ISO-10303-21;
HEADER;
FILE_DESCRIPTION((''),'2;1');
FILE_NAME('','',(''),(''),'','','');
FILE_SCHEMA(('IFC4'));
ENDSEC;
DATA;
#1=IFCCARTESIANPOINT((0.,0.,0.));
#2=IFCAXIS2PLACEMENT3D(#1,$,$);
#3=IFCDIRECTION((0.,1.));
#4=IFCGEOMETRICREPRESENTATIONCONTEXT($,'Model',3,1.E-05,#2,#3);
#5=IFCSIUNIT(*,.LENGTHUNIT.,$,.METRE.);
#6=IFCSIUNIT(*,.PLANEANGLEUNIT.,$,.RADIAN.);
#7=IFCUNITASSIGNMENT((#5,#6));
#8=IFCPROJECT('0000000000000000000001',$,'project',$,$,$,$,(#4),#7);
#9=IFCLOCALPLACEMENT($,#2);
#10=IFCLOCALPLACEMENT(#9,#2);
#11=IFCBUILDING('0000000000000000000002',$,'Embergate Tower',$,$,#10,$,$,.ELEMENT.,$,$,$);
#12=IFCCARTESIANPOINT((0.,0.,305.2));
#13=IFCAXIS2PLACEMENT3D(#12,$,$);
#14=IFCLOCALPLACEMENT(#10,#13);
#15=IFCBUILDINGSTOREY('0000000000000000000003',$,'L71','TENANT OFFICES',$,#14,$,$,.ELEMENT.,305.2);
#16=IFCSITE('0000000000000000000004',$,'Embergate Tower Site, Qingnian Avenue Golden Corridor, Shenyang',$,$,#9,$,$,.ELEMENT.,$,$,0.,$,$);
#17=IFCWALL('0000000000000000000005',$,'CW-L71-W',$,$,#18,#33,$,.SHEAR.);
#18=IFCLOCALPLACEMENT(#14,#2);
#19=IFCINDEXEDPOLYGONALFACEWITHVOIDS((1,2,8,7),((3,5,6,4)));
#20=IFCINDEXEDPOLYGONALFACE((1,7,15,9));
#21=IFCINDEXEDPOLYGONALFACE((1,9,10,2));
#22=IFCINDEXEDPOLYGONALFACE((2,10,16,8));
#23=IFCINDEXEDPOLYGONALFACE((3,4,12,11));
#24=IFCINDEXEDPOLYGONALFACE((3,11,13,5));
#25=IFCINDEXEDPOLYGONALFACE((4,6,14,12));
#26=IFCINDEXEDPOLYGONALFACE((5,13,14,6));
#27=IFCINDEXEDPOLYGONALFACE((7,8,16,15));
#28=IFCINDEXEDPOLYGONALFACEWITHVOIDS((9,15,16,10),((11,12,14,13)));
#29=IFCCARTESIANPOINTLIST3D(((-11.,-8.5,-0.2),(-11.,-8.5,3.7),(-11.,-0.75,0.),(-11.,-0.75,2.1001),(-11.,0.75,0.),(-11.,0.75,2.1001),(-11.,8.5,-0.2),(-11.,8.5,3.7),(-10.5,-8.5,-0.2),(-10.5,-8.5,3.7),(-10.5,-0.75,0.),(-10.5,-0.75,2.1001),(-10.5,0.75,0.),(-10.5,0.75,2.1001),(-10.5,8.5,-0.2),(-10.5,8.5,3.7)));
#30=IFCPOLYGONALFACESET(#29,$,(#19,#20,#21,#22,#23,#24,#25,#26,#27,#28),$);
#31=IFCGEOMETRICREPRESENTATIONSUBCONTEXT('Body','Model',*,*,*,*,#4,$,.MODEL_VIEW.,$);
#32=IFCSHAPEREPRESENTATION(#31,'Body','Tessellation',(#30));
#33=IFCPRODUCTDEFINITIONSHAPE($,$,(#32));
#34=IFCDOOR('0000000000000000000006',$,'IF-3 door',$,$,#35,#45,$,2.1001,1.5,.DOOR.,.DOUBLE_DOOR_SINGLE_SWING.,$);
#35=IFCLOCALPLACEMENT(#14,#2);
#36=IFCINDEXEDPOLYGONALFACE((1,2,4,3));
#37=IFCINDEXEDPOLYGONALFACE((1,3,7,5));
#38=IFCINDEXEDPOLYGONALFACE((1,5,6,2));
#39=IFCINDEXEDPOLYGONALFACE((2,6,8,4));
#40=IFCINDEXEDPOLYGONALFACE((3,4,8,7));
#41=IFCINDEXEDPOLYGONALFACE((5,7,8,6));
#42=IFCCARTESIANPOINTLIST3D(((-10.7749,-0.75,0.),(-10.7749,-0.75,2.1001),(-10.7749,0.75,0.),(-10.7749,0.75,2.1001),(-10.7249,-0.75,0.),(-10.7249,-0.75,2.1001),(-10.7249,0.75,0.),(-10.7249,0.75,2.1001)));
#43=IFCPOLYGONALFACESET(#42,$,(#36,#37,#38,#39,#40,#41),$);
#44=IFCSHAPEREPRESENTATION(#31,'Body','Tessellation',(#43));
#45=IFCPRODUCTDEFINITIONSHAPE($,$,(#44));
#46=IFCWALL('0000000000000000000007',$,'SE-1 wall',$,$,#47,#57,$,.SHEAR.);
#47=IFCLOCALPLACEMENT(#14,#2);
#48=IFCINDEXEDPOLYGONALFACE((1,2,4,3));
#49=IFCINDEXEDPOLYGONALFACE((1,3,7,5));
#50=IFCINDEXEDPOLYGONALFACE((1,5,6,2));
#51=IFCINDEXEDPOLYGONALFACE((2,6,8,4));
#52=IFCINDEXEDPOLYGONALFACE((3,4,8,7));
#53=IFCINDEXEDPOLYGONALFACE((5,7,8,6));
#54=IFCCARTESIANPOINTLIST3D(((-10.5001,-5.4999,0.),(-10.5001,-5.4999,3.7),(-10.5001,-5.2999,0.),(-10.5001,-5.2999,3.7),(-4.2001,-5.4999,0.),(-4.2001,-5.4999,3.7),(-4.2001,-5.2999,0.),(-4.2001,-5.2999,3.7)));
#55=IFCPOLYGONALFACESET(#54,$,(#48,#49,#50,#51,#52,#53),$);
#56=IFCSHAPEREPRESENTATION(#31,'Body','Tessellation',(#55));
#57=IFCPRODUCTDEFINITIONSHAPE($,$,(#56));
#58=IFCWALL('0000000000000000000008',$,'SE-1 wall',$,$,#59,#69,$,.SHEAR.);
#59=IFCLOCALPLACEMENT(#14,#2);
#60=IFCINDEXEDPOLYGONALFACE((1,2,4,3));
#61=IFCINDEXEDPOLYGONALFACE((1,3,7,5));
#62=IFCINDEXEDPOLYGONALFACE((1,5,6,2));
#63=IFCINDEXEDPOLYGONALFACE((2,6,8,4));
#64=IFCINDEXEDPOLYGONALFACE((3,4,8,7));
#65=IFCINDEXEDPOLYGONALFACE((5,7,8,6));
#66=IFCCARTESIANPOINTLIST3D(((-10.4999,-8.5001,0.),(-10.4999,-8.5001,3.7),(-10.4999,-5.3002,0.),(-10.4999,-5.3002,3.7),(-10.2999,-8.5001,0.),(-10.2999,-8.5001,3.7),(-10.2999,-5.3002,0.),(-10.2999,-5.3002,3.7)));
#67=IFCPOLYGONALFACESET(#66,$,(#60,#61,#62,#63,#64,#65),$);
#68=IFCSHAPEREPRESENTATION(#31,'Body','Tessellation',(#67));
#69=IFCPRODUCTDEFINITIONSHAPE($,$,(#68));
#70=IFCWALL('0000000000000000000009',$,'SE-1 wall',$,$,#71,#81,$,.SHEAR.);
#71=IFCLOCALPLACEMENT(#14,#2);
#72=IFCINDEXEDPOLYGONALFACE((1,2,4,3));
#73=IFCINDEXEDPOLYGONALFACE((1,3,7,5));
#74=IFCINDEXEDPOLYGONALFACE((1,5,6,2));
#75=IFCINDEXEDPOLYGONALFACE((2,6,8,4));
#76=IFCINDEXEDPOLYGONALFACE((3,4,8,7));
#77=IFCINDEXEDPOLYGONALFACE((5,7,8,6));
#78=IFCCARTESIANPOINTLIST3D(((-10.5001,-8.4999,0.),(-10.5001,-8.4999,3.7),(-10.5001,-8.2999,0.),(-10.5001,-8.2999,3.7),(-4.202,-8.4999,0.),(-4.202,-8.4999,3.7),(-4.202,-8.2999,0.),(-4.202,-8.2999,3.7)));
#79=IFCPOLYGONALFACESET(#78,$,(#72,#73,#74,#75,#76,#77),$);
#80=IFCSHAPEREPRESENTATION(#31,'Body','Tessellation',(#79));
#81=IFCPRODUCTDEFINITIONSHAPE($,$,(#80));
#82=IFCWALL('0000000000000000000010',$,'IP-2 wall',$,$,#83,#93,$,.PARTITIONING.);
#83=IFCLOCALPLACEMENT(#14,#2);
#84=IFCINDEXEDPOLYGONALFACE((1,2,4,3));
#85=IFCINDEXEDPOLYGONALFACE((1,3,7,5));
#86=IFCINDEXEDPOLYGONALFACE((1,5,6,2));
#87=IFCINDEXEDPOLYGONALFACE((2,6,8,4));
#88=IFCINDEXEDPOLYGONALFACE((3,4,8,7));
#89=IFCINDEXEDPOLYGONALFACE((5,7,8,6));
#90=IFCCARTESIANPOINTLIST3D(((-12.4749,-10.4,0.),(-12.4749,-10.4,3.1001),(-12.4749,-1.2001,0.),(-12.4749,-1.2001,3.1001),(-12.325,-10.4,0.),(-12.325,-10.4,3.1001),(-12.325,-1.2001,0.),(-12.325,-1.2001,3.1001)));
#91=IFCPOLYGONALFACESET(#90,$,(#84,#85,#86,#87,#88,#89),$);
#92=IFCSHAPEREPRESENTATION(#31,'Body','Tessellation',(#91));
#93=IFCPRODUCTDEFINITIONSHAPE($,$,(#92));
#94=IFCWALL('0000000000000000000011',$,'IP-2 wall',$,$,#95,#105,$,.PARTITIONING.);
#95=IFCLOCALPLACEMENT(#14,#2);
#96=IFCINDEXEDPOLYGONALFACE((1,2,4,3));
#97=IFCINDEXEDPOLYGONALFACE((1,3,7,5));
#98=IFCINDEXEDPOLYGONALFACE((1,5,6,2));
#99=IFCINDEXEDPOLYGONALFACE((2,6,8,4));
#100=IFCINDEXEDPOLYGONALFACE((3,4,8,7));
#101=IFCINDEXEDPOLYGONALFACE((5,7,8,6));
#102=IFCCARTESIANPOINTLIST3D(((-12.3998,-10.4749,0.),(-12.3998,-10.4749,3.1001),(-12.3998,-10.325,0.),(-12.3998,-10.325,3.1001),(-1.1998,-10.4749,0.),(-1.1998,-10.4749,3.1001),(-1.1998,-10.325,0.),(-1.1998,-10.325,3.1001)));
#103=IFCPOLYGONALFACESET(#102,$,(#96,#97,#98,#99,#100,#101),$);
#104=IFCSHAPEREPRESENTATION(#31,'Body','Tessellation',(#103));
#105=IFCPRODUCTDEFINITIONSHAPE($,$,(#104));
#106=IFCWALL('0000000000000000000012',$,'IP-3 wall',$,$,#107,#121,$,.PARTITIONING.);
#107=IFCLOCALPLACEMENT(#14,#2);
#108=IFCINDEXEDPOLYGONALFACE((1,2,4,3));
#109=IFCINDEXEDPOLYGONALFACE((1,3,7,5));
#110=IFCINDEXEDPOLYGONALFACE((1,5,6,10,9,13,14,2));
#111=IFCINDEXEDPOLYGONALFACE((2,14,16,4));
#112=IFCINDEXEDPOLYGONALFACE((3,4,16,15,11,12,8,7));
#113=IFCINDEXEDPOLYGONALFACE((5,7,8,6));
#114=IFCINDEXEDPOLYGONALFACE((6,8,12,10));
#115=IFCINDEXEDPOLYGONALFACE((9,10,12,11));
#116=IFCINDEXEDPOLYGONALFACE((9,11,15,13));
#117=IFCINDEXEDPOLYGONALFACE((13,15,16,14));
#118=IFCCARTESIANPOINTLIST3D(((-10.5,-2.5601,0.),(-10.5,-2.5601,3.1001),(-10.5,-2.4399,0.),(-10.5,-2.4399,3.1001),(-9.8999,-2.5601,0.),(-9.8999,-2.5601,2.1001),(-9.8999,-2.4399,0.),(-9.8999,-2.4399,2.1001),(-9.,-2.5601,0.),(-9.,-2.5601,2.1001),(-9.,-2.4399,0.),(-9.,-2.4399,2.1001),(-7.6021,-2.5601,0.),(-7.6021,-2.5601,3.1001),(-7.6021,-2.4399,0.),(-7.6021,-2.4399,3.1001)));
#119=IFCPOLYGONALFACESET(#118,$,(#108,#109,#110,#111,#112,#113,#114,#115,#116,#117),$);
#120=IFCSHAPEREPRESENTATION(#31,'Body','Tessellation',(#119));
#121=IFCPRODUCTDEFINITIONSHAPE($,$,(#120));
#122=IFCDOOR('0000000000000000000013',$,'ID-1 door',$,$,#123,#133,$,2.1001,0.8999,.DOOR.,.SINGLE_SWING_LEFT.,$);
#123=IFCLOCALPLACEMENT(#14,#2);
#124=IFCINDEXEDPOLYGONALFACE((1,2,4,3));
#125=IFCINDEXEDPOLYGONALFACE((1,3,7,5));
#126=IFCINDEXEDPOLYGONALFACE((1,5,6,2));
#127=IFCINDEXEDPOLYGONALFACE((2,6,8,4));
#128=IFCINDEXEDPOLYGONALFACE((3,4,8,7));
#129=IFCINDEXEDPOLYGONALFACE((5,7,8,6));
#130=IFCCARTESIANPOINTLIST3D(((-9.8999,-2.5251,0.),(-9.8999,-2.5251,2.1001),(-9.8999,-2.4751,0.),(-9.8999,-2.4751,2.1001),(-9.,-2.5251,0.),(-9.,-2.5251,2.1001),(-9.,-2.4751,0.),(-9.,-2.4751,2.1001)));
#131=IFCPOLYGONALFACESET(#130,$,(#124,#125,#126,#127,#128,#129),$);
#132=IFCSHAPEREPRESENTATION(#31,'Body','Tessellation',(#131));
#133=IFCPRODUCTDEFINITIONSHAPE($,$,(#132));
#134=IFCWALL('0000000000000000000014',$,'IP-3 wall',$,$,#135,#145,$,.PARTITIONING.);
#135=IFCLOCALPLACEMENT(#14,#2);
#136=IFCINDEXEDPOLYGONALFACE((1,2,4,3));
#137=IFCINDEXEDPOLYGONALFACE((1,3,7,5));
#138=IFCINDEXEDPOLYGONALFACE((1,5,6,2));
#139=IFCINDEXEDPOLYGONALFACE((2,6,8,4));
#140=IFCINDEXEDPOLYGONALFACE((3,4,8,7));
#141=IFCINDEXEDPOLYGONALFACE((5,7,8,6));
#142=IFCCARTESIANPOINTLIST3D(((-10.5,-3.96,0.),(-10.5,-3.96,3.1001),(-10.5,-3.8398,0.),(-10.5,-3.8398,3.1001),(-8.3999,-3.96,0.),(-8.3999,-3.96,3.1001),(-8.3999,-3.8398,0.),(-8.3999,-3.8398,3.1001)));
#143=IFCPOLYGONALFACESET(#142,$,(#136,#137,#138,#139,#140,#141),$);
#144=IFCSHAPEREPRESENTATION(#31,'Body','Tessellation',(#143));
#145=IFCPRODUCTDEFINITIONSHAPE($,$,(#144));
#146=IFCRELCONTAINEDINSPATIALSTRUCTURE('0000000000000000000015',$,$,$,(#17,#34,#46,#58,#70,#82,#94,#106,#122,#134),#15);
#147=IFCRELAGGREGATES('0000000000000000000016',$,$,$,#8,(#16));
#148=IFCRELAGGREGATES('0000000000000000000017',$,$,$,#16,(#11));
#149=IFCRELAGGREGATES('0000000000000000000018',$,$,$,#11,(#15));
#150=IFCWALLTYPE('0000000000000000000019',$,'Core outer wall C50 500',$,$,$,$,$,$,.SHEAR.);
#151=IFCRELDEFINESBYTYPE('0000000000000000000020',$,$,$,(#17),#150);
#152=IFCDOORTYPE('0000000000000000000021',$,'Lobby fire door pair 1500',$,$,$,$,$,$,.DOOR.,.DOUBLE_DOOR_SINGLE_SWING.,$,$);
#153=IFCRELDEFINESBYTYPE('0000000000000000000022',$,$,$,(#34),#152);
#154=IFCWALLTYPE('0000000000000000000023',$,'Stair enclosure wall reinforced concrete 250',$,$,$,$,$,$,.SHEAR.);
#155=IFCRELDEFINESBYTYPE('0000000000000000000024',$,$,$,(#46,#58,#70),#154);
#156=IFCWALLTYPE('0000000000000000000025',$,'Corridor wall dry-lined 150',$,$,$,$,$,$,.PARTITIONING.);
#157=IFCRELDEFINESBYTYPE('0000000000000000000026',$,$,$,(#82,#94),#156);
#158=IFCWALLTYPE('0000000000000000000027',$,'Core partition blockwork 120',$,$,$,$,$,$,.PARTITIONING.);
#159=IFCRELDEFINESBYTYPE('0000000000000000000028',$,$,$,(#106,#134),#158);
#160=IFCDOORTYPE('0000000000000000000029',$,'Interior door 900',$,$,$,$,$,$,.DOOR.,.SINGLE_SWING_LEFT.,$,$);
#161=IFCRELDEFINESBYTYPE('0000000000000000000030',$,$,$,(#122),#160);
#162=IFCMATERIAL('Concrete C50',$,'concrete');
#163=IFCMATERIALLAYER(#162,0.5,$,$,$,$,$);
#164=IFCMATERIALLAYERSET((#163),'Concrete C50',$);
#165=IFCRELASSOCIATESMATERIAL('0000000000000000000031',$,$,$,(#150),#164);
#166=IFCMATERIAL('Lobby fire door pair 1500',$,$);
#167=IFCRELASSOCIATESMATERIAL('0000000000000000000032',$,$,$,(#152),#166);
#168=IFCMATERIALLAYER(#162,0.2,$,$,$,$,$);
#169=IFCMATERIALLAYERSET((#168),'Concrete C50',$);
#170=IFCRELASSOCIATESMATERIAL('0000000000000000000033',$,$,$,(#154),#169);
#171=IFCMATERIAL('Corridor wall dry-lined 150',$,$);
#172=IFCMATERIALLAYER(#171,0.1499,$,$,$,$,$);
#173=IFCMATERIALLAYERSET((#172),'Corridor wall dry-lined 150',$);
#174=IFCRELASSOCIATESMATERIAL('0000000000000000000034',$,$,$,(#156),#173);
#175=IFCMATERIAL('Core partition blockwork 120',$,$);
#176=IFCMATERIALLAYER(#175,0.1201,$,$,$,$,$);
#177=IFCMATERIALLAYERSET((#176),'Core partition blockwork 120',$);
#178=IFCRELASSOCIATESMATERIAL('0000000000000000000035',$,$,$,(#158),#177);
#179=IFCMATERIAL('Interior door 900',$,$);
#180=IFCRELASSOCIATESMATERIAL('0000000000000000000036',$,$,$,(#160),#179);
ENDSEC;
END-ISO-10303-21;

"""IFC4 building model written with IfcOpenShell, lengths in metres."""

from ifc_helpers import new_model, si_unit, direction, frame, frame_2d, origin, place, context, subcontext, project, spatial, rectangle, extrude, source, transform, mapped, material, layer, layer_set, type_object, element, fill, save


model = new_model("IFC4")

# Units and contexts
model_context = context("Model", 3, precision=1e-05, world=origin(), true_north=direction((0.0, 1.0)))
body_context = subcontext(model_context, "Body", "Model", "MODEL_VIEW")
ifc_project = project(units=[si_unit("LENGTHUNIT", "METRE"), si_unit("PLANEANGLEUNIT", "RADIAN")], contexts=[model_context])

# Site, building, storey
site_placement = place(None, origin())
site = spatial("IfcSite", under=ifc_project, at=site_placement, Name="Embergate Tower Site, Qingnian Avenue Golden Corridor, Shenyang", CompositionType="ELEMENT", RefElevation=0.0)
building_placement = place(site_placement, origin())
building = spatial("IfcBuilding", under=site, at=building_placement, Name="Embergate Tower", CompositionType="ELEMENT")
storey_placement = place(building_placement, frame((0.0, 0.0, 305.2)))
storey = spatial("IfcBuildingStorey", under=building, at=storey_placement, Name="L71", Description="TENANT OFFICES", CompositionType="ELEMENT", Elevation=305.2)

# Shared definitions
ifc_material_1 = material(Name="Concrete C50", Category="concrete")
ifc_layer_1 = layer(ifc_material_1, 0.5)
ifc_layer_set_1 = layer_set([ifc_layer_1], Name="Concrete C50")
wall_type_1 = type_object("IfcWallType", Name="Core outer wall C50 500", PredefinedType="SHEAR", material=ifc_layer_set_1)

# Wall, opening, door
shared_shape_1 = source(origin(), body_context, "Body", "SweptSolid", [
    extrude(rectangle(XDim=17.0, YDim=0.5, at=frame_2d((8.5, 0.0))), origin(), (0.0, 0.0, 1.0), 3.8999),
])
wall_1_placement = place(storey_placement, frame((-10.75, -8.5, -0.2), z_axis=(0.0, 0.0, 1.0), x_axis=(0.0, 1.0, 0.0)))
wall_1 = element("IfcWall", 1, at=wall_1_placement, inside=storey, type_object=wall_type_1, Name="CW-L71-W", PredefinedType="SHEAR", context=body_context, shape_type="MappedRepresentation", body=[
    mapped(shared_shape_1, transform((0.0, 0.0, 0.0))),
])
shared_shape_2 = source(origin(), body_context, "Body", "SweptSolid", [
    extrude(rectangle(XDim=1.5, YDim=2.1001, at=frame_2d((0.75, 1.05))), frame((0.0, 0.26, 0.0), z_axis=(0.0, -1.0, 0.0), x_axis=(1.0, 0.0, 0.0)), (0.0, 0.0, 1.0), 0.52),
])
opening_1_placement = place(wall_1_placement, frame((7.75, 0.0, 0.2)))
opening_1 = element("IfcOpeningElement", 2, at=opening_1_placement, cuts=wall_1, PredefinedType="OPENING", context=body_context, shape_type="MappedRepresentation", body=[
    mapped(shared_shape_2, transform((0.0, 0.0, 0.0))),
])
ifc_material_2 = material(Name="Lobby fire door pair 1500")
door_type_1 = type_object("IfcDoorType", Name="Lobby fire door pair 1500", OperationType="DOUBLE_DOOR_SINGLE_SWING", PredefinedType="DOOR", material=ifc_material_2)
shared_shape_3 = source(origin(), body_context, "Body", "SweptSolid", [
    extrude(rectangle(XDim=1.5, YDim=2.1001, at=frame_2d((0.75, 1.05))), frame((0.0, 0.0249, 0.0), z_axis=(0.0, -1.0, 0.0), x_axis=(1.0, 0.0, 0.0)), (0.0, 0.0, 1.0), 0.05),
])
door_1_placement = place(opening_1_placement, origin())
door_1 = element("IfcDoor", 3, at=door_1_placement, inside=storey, type_object=door_type_1, Name="IF-3 door", OperationType="DOUBLE_DOOR_SINGLE_SWING", OverallHeight=2.1001, OverallWidth=1.5, PredefinedType="DOOR", context=body_context, shape_type="MappedRepresentation", body=[
    mapped(shared_shape_3, transform((0.0, 0.0, 0.0))),
])
fill(opening_1, door_1)

# Walls
ifc_layer_2 = layer(ifc_material_1, 0.2)
ifc_layer_set_2 = layer_set([ifc_layer_2], Name="Concrete C50")
wall_type_2 = type_object("IfcWallType", Name="Stair enclosure wall reinforced concrete 250", PredefinedType="SHEAR", material=ifc_layer_set_2)
shared_shape_4 = source(origin(), body_context, "Body", "SweptSolid", [
    extrude(rectangle(XDim=6.3, YDim=0.2, at=frame_2d((3.1499, 0.0))), origin(), (0.0, 0.0, 1.0), 3.7),
])
wall_2_placement = place(storey_placement, frame((-10.5, -5.3999, 0.0), z_axis=(0.0, 0.0, 1.0), x_axis=(1.0, 0.0, 0.0)))
element("IfcWall", 4, at=wall_2_placement, inside=storey, type_object=wall_type_2, Name="SE-1 wall", PredefinedType="SHEAR", context=body_context, shape_type="MappedRepresentation", body=[
    mapped(shared_shape_4, transform((0.0, 0.0, 0.0))),
])
shared_shape_5 = source(origin(), body_context, "Body", "SweptSolid", [
    extrude(rectangle(XDim=3.2, YDim=0.2, at=frame_2d((1.6001, 0.0))), origin(), (0.0, 0.0, 1.0), 3.7),
])
wall_3_placement = place(storey_placement, frame((-10.3999, -5.3, 0.0), z_axis=(0.0, 0.0, 1.0), x_axis=(0.0, -1.0, 0.0)))
element("IfcWall", 5, at=wall_3_placement, inside=storey, type_object=wall_type_2, Name="SE-1 wall", PredefinedType="SHEAR", context=body_context, shape_type="MappedRepresentation", body=[
    mapped(shared_shape_5, transform((0.0, 0.0, 0.0))),
])
shared_shape_6 = source(origin(), body_context, "Body", "SweptSolid", [
    extrude(rectangle(XDim=6.2981, YDim=0.2, at=frame_2d((3.1489, 0.0))), origin(), (0.0, 0.0, 1.0), 3.7),
])
wall_4_placement = place(storey_placement, frame((-10.5, -8.3999, 0.0), z_axis=(0.0, 0.0, 1.0), x_axis=(1.0, 0.0, 0.0)))
element("IfcWall", 6, at=wall_4_placement, inside=storey, type_object=wall_type_2, Name="SE-1 wall", PredefinedType="SHEAR", context=body_context, shape_type="MappedRepresentation", body=[
    mapped(shared_shape_6, transform((0.0, 0.0, 0.0))),
])
ifc_material_3 = material(Name="Corridor wall dry-lined 150")
ifc_layer_3 = layer(ifc_material_3, 0.1499)
ifc_layer_set_3 = layer_set([ifc_layer_3], Name="Corridor wall dry-lined 150")
wall_type_3 = type_object("IfcWallType", Name="Corridor wall dry-lined 150", PredefinedType="PARTITIONING", material=ifc_layer_set_3)
shared_shape_7 = source(origin(), body_context, "Body", "SweptSolid", [
    extrude(rectangle(XDim=9.2, YDim=0.1499, at=frame_2d((4.6001, 0.0))), origin(), (0.0, 0.0, 1.0), 3.1001),
])
wall_5_placement = place(storey_placement, frame((-12.3999, -1.2, 0.0), z_axis=(0.0, 0.0, 1.0), x_axis=(0.0, -1.0, 0.0)))
element("IfcWall", 7, at=wall_5_placement, inside=storey, type_object=wall_type_3, Name="IP-2 wall", PredefinedType="PARTITIONING", context=body_context, shape_type="MappedRepresentation", body=[
    mapped(shared_shape_7, transform((0.0, 0.0, 0.0))),
])
shared_shape_8 = source(origin(), body_context, "Body", "SweptSolid", [
    extrude(rectangle(XDim=11.2, YDim=0.1499, at=frame_2d((5.6001, 0.0))), origin(), (0.0, 0.0, 1.0), 3.1001),
])
wall_6_placement = place(storey_placement, frame((-12.3999, -10.3999, 0.0), z_axis=(0.0, 0.0, 1.0), x_axis=(1.0, 0.0, 0.0)))
element("IfcWall", 8, at=wall_6_placement, inside=storey, type_object=wall_type_3, Name="IP-2 wall", PredefinedType="PARTITIONING", context=body_context, shape_type="MappedRepresentation", body=[
    mapped(shared_shape_8, transform((0.0, 0.0, 0.0))),
])

# Wall, opening, door
ifc_material_4 = material(Name="Core partition blockwork 120")
ifc_layer_4 = layer(ifc_material_4, 0.1201)
ifc_layer_set_4 = layer_set([ifc_layer_4], Name="Core partition blockwork 120")
wall_type_4 = type_object("IfcWallType", Name="Core partition blockwork 120", PredefinedType="PARTITIONING", material=ifc_layer_set_4)
shared_shape_9 = source(origin(), body_context, "Body", "SweptSolid", [
    extrude(rectangle(XDim=2.8979, YDim=0.1201, at=frame_2d((1.449, 0.0))), origin(), (0.0, 0.0, 1.0), 3.1001),
])
wall_7_placement = place(storey_placement, frame((-10.5, -2.5, 0.0), z_axis=(0.0, 0.0, 1.0), x_axis=(1.0, 0.0, 0.0)))
wall_7 = element("IfcWall", 9, at=wall_7_placement, inside=storey, type_object=wall_type_4, Name="IP-3 wall", PredefinedType="PARTITIONING", context=body_context, shape_type="MappedRepresentation", body=[
    mapped(shared_shape_9, transform((0.0, 0.0, 0.0))),
])
shared_shape_10 = source(origin(), body_context, "Body", "SweptSolid", [
    extrude(rectangle(XDim=0.8999, YDim=2.1001, at=frame_2d((0.45, 1.05))), frame((0.0, 0.0701, 0.0), z_axis=(0.0, -1.0, 0.0), x_axis=(1.0, 0.0, 0.0)), (0.0, 0.0, 1.0), 0.1401),
])
opening_2_placement = place(wall_7_placement, frame((0.6001, 0.0, 0.0)))
opening_2 = element("IfcOpeningElement", 10, at=opening_2_placement, cuts=wall_7, PredefinedType="OPENING", context=body_context, shape_type="MappedRepresentation", body=[
    mapped(shared_shape_10, transform((0.0, 0.0, 0.0))),
])
ifc_material_5 = material(Name="Interior door 900")
door_type_2 = type_object("IfcDoorType", Name="Interior door 900", OperationType="SINGLE_SWING_LEFT", PredefinedType="DOOR", material=ifc_material_5)
shared_shape_11 = source(origin(), body_context, "Body", "SweptSolid", [
    extrude(rectangle(XDim=0.8999, YDim=2.1001, at=frame_2d((0.45, 1.05))), frame((0.0, 0.0249, 0.0), z_axis=(0.0, -1.0, 0.0), x_axis=(1.0, 0.0, 0.0)), (0.0, 0.0, 1.0), 0.05),
])
door_2_placement = place(opening_2_placement, origin())
door_2 = element("IfcDoor", 11, at=door_2_placement, inside=storey, type_object=door_type_2, Name="ID-1 door", OperationType="SINGLE_SWING_LEFT", OverallHeight=2.1001, OverallWidth=0.8999, PredefinedType="DOOR", context=body_context, shape_type="MappedRepresentation", body=[
    mapped(shared_shape_11, transform((0.0, 0.0, 0.0))),
])
fill(opening_2, door_2)

# Wall
shared_shape_12 = source(origin(), body_context, "Body", "SweptSolid", [
    extrude(rectangle(XDim=2.1001, YDim=0.1201, at=frame_2d((1.05, 0.0))), origin(), (0.0, 0.0, 1.0), 3.1001),
])
wall_8_placement = place(storey_placement, frame((-10.5, -3.8999, 0.0), z_axis=(0.0, 0.0, 1.0), x_axis=(1.0, 0.0, 0.0)))
element("IfcWall", 12, at=wall_8_placement, inside=storey, type_object=wall_type_4, Name="IP-3 wall", PredefinedType="PARTITIONING", context=body_context, shape_type="MappedRepresentation", body=[
    mapped(shared_shape_12, transform((0.0, 0.0, 0.0))),
])

save(model, "model.ifc")
